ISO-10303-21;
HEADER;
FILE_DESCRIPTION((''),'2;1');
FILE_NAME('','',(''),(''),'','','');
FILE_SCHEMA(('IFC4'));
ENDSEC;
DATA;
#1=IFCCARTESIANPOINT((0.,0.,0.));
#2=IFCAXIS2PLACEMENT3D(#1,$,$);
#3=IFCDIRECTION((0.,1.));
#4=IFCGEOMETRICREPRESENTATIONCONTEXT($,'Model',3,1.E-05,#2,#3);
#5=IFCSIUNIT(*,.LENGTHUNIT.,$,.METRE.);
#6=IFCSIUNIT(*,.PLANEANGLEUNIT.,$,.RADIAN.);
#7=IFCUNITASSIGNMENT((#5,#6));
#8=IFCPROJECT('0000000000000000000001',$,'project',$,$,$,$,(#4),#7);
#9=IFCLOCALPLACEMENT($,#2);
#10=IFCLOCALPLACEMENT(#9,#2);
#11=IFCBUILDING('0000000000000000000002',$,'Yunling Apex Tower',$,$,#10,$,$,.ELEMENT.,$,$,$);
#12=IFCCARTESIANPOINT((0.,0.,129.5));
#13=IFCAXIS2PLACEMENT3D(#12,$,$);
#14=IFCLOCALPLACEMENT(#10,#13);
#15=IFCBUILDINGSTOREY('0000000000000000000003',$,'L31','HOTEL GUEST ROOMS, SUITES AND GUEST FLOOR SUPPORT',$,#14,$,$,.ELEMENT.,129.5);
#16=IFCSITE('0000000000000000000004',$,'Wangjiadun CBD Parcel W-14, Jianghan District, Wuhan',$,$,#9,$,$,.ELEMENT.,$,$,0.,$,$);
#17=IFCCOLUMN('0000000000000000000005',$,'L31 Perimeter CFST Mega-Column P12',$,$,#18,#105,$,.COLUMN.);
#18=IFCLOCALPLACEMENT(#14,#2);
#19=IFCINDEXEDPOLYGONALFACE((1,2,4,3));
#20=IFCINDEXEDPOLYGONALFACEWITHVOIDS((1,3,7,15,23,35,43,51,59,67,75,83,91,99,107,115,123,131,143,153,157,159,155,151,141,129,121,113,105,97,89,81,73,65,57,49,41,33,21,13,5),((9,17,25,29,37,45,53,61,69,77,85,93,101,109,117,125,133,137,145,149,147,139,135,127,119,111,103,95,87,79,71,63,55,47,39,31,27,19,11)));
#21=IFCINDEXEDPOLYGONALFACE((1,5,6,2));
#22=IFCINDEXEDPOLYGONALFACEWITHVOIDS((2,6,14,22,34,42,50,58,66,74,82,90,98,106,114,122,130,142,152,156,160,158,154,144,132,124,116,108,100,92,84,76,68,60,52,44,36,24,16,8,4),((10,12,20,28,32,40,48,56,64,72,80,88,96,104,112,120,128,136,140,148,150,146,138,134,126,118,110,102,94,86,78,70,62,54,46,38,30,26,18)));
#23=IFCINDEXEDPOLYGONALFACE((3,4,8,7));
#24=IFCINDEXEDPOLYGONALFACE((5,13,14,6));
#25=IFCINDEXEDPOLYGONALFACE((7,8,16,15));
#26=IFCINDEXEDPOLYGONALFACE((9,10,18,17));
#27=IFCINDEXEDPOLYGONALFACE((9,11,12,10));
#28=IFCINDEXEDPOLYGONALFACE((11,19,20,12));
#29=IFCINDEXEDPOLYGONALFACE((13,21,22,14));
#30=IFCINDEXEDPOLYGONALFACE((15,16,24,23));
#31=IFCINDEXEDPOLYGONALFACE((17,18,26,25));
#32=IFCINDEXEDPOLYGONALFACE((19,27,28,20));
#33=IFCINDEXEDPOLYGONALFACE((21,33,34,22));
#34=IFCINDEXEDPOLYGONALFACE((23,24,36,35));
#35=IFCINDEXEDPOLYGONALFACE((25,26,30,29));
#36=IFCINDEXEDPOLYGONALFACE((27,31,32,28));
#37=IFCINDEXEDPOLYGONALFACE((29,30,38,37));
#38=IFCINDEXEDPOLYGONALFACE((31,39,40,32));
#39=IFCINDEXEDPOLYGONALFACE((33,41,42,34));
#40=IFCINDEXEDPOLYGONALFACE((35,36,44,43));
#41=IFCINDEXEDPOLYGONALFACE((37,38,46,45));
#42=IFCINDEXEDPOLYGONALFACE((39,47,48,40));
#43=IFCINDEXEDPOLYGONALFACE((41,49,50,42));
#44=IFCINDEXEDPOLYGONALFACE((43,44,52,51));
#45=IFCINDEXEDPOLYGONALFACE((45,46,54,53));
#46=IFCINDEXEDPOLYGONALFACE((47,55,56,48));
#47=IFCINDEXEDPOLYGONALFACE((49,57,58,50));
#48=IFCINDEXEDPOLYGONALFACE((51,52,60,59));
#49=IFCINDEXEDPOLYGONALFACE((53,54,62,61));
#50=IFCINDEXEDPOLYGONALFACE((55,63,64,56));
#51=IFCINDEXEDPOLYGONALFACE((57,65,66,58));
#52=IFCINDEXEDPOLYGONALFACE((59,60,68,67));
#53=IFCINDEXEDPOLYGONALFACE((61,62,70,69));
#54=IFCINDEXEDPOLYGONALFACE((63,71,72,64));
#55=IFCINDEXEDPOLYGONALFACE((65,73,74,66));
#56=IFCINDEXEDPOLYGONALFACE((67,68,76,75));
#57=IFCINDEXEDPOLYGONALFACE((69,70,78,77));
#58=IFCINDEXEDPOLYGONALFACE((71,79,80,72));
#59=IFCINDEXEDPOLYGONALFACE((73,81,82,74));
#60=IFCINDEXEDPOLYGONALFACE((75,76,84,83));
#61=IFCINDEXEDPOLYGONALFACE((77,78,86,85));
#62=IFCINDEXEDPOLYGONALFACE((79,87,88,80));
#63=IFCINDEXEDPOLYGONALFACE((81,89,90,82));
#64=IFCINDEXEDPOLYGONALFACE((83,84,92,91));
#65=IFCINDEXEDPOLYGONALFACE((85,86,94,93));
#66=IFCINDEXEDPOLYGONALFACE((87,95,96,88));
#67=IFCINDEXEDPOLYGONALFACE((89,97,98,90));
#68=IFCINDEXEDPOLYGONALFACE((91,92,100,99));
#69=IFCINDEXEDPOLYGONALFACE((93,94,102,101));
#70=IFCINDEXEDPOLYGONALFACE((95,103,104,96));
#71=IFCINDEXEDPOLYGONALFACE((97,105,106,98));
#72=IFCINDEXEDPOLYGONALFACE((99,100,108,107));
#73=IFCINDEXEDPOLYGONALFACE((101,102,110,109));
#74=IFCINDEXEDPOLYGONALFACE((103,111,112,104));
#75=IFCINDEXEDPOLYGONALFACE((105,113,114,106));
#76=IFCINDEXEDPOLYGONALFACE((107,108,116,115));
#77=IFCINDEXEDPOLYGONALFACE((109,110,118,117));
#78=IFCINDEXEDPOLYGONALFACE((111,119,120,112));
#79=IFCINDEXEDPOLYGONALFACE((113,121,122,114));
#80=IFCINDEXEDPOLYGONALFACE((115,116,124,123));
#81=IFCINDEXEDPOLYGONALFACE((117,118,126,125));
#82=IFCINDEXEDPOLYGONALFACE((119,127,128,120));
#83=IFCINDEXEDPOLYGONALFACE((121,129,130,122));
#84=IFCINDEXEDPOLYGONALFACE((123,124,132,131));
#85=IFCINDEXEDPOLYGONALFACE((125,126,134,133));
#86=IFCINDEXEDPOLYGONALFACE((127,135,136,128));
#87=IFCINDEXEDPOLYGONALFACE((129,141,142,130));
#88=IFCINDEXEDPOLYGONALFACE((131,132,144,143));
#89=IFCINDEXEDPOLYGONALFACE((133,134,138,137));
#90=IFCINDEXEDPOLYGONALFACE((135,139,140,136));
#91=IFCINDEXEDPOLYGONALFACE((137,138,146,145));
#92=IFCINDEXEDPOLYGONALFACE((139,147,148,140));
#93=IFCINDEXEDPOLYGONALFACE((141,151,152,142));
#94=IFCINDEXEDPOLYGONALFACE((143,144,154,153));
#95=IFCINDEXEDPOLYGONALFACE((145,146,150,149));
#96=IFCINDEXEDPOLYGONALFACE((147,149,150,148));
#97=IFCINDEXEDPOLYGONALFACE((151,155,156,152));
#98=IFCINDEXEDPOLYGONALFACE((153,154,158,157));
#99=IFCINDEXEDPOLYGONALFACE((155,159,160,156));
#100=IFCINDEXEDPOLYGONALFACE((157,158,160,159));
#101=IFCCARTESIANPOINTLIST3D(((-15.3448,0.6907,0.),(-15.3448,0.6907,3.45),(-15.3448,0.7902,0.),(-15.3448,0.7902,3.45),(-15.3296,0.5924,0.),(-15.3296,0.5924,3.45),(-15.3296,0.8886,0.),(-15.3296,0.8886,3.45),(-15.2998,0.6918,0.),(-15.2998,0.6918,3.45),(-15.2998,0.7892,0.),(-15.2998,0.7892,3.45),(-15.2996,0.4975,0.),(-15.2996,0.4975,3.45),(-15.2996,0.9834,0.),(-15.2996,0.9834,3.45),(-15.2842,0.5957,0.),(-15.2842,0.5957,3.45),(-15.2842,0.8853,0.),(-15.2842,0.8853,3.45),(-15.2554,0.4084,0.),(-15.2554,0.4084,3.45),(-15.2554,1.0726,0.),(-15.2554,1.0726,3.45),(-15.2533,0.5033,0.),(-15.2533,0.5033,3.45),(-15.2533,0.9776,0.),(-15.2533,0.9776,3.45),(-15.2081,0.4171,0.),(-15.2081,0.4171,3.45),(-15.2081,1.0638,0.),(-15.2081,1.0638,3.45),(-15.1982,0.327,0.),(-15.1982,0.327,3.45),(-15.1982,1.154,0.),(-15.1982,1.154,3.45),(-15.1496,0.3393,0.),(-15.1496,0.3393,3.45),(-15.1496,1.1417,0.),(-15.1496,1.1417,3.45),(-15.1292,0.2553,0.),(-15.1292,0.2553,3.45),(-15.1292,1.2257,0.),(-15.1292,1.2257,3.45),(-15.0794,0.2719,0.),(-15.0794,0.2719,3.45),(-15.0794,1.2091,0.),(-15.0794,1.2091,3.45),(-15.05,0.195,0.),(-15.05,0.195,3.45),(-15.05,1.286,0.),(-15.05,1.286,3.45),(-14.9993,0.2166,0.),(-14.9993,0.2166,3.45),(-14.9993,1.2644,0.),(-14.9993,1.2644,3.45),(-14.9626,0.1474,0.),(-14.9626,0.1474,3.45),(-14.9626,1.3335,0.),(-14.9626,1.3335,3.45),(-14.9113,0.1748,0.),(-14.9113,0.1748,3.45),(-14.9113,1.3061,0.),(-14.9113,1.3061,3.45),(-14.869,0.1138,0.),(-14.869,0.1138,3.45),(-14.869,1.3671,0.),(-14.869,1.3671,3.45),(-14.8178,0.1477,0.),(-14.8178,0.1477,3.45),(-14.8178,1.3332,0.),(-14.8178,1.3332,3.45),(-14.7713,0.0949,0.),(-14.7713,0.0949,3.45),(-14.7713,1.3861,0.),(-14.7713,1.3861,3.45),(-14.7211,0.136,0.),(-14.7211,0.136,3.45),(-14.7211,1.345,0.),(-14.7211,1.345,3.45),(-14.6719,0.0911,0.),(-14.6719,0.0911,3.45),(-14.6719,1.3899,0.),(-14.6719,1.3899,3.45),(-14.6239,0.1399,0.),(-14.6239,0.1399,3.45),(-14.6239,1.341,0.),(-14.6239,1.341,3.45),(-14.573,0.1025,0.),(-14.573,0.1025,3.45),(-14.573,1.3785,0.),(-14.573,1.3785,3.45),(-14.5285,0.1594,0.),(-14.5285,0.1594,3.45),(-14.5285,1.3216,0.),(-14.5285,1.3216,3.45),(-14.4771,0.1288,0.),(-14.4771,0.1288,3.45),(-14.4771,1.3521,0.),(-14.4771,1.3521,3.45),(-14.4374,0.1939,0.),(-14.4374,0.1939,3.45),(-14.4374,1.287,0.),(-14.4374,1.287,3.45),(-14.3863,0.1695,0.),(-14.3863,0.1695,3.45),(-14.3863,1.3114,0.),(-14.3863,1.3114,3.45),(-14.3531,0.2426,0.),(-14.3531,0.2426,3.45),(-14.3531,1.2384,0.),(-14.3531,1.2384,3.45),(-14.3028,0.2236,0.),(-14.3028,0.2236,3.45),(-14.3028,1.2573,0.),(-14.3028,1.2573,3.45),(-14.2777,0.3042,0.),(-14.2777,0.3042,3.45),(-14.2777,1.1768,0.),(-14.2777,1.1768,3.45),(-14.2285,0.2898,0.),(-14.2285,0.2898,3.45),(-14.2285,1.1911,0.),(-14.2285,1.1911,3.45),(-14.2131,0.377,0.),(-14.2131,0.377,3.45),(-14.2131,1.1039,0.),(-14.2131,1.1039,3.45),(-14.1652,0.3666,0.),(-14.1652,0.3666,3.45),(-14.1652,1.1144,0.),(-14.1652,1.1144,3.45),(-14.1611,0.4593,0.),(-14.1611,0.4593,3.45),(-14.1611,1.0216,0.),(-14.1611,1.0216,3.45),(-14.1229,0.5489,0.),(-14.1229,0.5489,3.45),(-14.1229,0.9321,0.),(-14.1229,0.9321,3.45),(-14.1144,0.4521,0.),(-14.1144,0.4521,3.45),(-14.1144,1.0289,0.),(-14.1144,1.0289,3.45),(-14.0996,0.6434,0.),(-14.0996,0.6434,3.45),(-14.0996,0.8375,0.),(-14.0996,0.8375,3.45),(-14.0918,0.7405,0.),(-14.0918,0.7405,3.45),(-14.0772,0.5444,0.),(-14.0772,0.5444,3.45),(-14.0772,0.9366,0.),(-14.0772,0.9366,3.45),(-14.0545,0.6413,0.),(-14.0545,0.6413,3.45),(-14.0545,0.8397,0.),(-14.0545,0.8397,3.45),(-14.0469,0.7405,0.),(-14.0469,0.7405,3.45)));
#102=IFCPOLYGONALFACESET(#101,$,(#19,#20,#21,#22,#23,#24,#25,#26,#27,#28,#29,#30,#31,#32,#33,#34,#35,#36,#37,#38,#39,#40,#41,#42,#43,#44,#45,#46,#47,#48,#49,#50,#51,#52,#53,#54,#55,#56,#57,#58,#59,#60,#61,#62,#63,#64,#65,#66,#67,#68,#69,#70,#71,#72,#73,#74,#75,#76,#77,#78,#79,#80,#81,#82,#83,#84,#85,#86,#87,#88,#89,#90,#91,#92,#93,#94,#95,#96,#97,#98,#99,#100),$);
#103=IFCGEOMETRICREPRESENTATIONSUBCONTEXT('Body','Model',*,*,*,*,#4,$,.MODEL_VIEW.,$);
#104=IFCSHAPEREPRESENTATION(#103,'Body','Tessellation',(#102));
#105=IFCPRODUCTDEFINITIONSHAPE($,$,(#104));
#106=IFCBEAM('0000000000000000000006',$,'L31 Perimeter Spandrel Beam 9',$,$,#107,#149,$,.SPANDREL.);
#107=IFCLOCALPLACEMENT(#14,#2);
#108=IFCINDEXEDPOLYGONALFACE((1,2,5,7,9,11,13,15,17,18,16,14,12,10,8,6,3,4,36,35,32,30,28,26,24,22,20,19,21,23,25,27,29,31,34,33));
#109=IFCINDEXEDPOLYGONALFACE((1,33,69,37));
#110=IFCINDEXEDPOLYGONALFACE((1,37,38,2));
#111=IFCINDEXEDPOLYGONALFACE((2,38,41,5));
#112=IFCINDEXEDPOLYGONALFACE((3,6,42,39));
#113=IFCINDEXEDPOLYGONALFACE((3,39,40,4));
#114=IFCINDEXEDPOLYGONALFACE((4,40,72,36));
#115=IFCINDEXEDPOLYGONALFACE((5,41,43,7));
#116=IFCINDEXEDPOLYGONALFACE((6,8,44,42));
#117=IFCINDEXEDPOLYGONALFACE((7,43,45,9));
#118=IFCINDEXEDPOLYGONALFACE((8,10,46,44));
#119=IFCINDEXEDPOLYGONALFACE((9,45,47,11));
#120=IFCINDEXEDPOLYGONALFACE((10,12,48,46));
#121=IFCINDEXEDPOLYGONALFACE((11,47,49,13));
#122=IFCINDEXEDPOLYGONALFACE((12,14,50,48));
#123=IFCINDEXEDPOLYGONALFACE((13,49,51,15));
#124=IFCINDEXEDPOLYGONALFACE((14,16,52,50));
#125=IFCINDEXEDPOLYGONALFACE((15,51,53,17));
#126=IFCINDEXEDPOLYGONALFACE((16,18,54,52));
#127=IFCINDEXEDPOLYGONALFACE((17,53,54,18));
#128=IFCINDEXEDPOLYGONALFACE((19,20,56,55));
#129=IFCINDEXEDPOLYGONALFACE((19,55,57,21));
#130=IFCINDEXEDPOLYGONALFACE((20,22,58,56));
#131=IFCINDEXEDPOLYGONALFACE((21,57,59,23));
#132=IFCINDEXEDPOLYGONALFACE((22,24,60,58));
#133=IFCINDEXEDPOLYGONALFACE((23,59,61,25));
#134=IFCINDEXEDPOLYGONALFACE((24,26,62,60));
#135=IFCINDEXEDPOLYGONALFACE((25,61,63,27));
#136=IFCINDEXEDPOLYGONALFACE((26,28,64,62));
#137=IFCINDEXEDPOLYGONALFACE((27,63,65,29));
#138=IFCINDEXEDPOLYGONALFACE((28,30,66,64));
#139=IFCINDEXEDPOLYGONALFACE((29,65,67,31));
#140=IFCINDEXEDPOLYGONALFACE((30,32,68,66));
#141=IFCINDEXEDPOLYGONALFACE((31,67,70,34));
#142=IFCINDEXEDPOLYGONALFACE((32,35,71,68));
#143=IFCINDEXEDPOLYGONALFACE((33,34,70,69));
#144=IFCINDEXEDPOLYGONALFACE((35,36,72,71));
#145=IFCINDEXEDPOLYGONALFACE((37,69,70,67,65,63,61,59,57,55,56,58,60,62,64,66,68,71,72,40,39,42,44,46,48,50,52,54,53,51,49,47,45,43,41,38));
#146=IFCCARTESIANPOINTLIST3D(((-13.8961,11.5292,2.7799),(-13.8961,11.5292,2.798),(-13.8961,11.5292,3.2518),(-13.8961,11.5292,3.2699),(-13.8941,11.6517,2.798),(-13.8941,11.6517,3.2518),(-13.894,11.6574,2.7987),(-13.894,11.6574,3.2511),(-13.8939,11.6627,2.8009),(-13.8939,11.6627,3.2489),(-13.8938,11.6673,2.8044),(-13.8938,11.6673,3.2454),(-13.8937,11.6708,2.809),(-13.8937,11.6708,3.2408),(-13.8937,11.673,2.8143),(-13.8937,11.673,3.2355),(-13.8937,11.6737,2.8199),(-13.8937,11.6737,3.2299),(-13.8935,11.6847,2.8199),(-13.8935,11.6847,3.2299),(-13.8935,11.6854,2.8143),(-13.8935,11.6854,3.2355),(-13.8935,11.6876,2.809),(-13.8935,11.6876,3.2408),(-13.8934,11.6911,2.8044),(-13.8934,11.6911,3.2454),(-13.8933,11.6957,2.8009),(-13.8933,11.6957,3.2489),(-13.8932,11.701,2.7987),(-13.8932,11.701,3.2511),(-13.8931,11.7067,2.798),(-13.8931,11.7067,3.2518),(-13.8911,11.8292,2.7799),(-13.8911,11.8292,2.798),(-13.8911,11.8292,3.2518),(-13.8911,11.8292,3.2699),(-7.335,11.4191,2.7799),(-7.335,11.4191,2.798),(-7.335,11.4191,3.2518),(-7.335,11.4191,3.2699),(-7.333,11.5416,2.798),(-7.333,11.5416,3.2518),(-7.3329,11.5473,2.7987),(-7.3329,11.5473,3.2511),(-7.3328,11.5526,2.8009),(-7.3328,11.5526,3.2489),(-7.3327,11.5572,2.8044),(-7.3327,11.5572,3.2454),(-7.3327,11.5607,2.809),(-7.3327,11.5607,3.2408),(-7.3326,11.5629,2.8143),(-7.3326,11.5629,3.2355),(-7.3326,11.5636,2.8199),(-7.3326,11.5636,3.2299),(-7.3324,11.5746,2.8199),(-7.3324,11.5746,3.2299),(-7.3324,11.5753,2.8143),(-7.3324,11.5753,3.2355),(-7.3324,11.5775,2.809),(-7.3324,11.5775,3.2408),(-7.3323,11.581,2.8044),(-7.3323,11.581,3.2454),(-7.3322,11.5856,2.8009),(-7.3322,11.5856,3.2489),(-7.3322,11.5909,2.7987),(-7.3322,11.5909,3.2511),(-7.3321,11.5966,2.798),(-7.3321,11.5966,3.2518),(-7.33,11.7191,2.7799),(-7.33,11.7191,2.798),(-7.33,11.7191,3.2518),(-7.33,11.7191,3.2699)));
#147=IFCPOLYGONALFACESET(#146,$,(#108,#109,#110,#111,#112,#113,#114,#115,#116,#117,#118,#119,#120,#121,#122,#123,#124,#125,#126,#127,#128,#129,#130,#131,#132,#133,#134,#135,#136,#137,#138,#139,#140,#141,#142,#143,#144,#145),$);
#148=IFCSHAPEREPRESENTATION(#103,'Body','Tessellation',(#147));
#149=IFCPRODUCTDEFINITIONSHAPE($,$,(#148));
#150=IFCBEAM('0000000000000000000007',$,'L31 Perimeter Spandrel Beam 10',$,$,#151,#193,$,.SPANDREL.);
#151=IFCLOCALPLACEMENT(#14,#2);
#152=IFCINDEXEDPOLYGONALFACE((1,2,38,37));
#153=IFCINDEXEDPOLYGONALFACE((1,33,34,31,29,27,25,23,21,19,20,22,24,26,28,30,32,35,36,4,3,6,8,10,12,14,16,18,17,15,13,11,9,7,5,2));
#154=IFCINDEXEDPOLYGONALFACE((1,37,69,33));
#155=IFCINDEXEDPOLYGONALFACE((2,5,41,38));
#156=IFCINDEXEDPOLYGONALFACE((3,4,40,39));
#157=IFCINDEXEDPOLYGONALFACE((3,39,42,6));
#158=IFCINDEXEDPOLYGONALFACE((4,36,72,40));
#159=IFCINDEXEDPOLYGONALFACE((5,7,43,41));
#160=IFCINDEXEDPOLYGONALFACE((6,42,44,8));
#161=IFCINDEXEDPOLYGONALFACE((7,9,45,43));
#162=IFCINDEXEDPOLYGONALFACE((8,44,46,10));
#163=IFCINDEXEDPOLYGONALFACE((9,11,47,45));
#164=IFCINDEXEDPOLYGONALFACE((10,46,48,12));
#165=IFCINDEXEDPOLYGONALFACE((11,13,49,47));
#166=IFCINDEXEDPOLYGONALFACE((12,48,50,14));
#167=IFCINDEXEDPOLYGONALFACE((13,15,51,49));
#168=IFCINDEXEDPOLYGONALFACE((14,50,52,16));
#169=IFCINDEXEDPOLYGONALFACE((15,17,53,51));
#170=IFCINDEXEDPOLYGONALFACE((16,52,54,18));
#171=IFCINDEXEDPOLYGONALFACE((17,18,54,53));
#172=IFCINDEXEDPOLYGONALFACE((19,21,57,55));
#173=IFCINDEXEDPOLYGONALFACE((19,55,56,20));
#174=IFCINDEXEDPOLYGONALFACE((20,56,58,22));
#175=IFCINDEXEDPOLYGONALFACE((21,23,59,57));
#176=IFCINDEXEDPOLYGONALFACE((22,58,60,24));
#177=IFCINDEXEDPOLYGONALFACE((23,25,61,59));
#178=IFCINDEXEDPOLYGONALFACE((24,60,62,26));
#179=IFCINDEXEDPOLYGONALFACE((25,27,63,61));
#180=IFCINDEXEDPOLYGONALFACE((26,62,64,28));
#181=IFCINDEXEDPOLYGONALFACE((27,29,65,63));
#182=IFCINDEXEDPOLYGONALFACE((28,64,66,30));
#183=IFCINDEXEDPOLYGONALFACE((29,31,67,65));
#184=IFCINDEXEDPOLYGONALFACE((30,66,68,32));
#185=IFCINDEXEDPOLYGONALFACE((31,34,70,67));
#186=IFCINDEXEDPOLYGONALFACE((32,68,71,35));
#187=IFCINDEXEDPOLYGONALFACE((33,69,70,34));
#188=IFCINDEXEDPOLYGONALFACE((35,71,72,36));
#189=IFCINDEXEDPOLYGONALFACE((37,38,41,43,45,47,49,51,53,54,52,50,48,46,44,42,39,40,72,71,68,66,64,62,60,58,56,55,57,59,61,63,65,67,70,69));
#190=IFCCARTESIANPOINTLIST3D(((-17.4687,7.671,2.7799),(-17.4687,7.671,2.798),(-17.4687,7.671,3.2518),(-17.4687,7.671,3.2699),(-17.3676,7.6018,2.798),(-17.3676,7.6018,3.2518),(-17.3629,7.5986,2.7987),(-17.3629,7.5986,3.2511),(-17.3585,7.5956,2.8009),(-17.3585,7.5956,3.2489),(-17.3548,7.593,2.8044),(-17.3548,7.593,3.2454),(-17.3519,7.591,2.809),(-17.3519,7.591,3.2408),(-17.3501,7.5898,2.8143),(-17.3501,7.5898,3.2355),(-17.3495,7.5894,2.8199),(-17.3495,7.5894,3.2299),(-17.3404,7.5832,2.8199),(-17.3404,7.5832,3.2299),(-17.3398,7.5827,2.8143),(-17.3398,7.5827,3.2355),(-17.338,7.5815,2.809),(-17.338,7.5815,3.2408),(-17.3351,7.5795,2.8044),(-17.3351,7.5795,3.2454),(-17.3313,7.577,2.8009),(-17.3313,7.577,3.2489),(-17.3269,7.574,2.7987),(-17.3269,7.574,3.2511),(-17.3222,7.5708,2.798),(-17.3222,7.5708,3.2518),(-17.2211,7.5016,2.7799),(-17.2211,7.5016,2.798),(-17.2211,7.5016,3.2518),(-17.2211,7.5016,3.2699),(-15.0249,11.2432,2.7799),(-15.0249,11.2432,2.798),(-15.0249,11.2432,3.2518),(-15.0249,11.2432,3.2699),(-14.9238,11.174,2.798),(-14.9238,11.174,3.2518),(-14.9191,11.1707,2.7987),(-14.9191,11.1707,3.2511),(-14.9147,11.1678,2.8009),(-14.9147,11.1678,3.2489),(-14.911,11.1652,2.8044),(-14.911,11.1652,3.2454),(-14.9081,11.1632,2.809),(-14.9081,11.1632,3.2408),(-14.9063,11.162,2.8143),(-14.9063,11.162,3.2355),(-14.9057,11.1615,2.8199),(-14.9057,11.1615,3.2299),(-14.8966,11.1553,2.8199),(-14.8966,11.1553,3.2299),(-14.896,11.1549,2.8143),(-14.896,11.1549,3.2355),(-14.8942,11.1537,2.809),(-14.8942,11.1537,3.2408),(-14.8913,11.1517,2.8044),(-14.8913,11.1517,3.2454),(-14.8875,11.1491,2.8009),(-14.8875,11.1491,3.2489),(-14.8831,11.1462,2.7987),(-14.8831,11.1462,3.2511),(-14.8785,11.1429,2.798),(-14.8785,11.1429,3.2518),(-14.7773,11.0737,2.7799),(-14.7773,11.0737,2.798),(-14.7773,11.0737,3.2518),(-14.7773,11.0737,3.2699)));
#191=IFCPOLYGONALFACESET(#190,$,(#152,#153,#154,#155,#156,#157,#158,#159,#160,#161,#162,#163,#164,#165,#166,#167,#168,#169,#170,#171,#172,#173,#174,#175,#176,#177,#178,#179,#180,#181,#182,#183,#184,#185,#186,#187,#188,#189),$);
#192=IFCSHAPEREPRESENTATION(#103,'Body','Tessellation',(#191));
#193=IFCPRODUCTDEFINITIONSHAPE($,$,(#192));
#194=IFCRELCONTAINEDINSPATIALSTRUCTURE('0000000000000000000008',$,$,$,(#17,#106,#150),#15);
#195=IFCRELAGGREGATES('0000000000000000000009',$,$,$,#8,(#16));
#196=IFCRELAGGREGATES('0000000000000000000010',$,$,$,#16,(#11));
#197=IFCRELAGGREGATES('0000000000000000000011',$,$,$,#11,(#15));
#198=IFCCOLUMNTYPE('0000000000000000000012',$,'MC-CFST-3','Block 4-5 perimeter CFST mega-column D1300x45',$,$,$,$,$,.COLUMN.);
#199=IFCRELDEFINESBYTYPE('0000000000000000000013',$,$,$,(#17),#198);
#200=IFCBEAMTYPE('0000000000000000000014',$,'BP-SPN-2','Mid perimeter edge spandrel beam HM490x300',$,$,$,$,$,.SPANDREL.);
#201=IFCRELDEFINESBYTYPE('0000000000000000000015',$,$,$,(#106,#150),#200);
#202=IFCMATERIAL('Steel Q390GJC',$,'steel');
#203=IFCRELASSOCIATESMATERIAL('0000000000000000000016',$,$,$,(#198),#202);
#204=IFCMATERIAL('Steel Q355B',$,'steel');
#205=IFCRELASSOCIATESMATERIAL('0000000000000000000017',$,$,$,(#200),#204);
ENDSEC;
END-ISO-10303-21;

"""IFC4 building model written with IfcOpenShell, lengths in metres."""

from ifc_helpers import new_model, si_unit, direction, frame, origin, origin_2d, place, context, subcontext, project, spatial, hollow_circle, i_section, extrude, source, transform, mapped, material, material_profile, profile_set, type_object, element, save


model = new_model("IFC4")

# Units and contexts
model_context = context("Model", 3, precision=1e-05, world=origin(), true_north=direction((0.0, 1.0)))
body_context = subcontext(model_context, "Body", "Model", "MODEL_VIEW")
ifc_project = project(units=[si_unit("LENGTHUNIT", "METRE"), si_unit("PLANEANGLEUNIT", "RADIAN")], contexts=[model_context])

# Site, building, storey
site_placement = place(None, origin())
site = spatial("IfcSite", under=ifc_project, at=site_placement, Name="Wangjiadun CBD Parcel W-14, Jianghan District, Wuhan", CompositionType="ELEMENT", RefElevation=0.0)
building_placement = place(site_placement, origin())
building = spatial("IfcBuilding", under=site, at=building_placement, Name="Yunling Apex Tower", CompositionType="ELEMENT")
storey_placement = place(building_placement, frame((0.0, 0.0, 129.5)))
storey = spatial("IfcBuildingStorey", under=building, at=storey_placement, Name="L31", Description="HOTEL GUEST ROOMS, SUITES AND GUEST FLOOR SUPPORT", CompositionType="ELEMENT", Elevation=129.5)

# Column
ifc_material_1 = material(Name="Steel Q390GJC", Category="steel")
ifc_material_profile_1 = material_profile(ifc_material_1, hollow_circle(Radius=0.6499, WallThickness=0.0449, at=origin_2d()))
ifc_profile_set_1 = profile_set([ifc_material_profile_1], Name="Steel Q390GJC")
column_type = type_object("IfcColumnType", Name="MC-CFST-3", Description="Block 4-5 perimeter CFST mega-column D1300x45", PredefinedType="COLUMN", material=ifc_profile_set_1)
shared_shape_1 = source(origin(), body_context, "Body", "SweptSolid", [
    extrude(hollow_circle(Radius=0.6499, WallThickness=0.0449, at=origin_2d()), origin(), (0.0, 0.0, 1.0), 3.45),
])
for number, where, z_axis, x_axis, name in (
    (1, (-14.6968, 0.7405, 0.0), (0.0, 0.0, 1.0), (1.0, 0.0, 0.0), "L31 Perimeter CFST Mega-Column P12"),
):
    element("IfcColumn", number, at=place(storey_placement, frame(where, z_axis=z_axis, x_axis=x_axis)), inside=storey, type_object=column_type, Name=name, PredefinedType="COLUMN", context=body_context, shape_type="MappedRepresentation", body=[
        mapped(shared_shape_1, transform((0.0, 0.0, 0.0), scale=1.0)),
    ])

# Beams
ifc_material_2 = material(Name="Steel Q355B", Category="steel")
ifc_material_profile_2 = material_profile(ifc_material_2, i_section(OverallWidth=0.3, OverallDepth=0.49, WebThickness=0.011, FlangeThickness=0.0181, FilletRadius=0.022, at=origin_2d()))
ifc_profile_set_2 = profile_set([ifc_material_profile_2], Name="Steel Q355B")
beam_type_1 = type_object("IfcBeamType", Name="BP-SPN-2", Description="Mid perimeter edge spandrel beam HM490x300", PredefinedType="SPANDREL", material=ifc_profile_set_2)
shared_shape_2 = source(origin(), body_context, "Body", "SweptSolid", [
    extrude(i_section(OverallWidth=0.3, OverallDepth=0.49, WebThickness=0.011, FlangeThickness=0.0181, FilletRadius=0.022, at=origin_2d()), origin(), (0.0, 0.0, 1.0), 6.562),
])
beam_1_placement = place(storey_placement, frame((-7.3325, 11.5691, 3.0249), z_axis=(-0.999859, 0.01678, 0.0), x_axis=(-0.01678, -0.999859, 0.0)))
element("IfcBeam", 2, at=beam_1_placement, inside=storey, type_object=beam_type_1, Name="L31 Perimeter Spandrel Beam 9", PredefinedType="SPANDREL", context=body_context, shape_type="MappedRepresentation", body=[
    mapped(shared_shape_2, transform((0.0, 0.0, 0.0), scale=1.0)),
])
shared_shape_3 = source(origin(), body_context, "Body", "SweptSolid", [
    extrude(i_section(OverallWidth=0.3, OverallDepth=0.49, WebThickness=0.011, FlangeThickness=0.0181, FilletRadius=0.022, at=origin_2d()), origin(), (0.0, 0.0, 1.0), 4.3281),
])
beam_2_placement = place(storey_placement, frame((-14.9011, 11.1584, 3.0249), z_axis=(-0.564631, -0.825343, 0.0), x_axis=(0.825343, -0.564631, 0.0)))
element("IfcBeam", 3, at=beam_2_placement, inside=storey, type_object=beam_type_1, Name="L31 Perimeter Spandrel Beam 10", PredefinedType="SPANDREL", context=body_context, shape_type="MappedRepresentation", body=[
    mapped(shared_shape_3, transform((0.0, 0.0, 0.0), scale=1.0)),
])

save(model, "model.ifc")
